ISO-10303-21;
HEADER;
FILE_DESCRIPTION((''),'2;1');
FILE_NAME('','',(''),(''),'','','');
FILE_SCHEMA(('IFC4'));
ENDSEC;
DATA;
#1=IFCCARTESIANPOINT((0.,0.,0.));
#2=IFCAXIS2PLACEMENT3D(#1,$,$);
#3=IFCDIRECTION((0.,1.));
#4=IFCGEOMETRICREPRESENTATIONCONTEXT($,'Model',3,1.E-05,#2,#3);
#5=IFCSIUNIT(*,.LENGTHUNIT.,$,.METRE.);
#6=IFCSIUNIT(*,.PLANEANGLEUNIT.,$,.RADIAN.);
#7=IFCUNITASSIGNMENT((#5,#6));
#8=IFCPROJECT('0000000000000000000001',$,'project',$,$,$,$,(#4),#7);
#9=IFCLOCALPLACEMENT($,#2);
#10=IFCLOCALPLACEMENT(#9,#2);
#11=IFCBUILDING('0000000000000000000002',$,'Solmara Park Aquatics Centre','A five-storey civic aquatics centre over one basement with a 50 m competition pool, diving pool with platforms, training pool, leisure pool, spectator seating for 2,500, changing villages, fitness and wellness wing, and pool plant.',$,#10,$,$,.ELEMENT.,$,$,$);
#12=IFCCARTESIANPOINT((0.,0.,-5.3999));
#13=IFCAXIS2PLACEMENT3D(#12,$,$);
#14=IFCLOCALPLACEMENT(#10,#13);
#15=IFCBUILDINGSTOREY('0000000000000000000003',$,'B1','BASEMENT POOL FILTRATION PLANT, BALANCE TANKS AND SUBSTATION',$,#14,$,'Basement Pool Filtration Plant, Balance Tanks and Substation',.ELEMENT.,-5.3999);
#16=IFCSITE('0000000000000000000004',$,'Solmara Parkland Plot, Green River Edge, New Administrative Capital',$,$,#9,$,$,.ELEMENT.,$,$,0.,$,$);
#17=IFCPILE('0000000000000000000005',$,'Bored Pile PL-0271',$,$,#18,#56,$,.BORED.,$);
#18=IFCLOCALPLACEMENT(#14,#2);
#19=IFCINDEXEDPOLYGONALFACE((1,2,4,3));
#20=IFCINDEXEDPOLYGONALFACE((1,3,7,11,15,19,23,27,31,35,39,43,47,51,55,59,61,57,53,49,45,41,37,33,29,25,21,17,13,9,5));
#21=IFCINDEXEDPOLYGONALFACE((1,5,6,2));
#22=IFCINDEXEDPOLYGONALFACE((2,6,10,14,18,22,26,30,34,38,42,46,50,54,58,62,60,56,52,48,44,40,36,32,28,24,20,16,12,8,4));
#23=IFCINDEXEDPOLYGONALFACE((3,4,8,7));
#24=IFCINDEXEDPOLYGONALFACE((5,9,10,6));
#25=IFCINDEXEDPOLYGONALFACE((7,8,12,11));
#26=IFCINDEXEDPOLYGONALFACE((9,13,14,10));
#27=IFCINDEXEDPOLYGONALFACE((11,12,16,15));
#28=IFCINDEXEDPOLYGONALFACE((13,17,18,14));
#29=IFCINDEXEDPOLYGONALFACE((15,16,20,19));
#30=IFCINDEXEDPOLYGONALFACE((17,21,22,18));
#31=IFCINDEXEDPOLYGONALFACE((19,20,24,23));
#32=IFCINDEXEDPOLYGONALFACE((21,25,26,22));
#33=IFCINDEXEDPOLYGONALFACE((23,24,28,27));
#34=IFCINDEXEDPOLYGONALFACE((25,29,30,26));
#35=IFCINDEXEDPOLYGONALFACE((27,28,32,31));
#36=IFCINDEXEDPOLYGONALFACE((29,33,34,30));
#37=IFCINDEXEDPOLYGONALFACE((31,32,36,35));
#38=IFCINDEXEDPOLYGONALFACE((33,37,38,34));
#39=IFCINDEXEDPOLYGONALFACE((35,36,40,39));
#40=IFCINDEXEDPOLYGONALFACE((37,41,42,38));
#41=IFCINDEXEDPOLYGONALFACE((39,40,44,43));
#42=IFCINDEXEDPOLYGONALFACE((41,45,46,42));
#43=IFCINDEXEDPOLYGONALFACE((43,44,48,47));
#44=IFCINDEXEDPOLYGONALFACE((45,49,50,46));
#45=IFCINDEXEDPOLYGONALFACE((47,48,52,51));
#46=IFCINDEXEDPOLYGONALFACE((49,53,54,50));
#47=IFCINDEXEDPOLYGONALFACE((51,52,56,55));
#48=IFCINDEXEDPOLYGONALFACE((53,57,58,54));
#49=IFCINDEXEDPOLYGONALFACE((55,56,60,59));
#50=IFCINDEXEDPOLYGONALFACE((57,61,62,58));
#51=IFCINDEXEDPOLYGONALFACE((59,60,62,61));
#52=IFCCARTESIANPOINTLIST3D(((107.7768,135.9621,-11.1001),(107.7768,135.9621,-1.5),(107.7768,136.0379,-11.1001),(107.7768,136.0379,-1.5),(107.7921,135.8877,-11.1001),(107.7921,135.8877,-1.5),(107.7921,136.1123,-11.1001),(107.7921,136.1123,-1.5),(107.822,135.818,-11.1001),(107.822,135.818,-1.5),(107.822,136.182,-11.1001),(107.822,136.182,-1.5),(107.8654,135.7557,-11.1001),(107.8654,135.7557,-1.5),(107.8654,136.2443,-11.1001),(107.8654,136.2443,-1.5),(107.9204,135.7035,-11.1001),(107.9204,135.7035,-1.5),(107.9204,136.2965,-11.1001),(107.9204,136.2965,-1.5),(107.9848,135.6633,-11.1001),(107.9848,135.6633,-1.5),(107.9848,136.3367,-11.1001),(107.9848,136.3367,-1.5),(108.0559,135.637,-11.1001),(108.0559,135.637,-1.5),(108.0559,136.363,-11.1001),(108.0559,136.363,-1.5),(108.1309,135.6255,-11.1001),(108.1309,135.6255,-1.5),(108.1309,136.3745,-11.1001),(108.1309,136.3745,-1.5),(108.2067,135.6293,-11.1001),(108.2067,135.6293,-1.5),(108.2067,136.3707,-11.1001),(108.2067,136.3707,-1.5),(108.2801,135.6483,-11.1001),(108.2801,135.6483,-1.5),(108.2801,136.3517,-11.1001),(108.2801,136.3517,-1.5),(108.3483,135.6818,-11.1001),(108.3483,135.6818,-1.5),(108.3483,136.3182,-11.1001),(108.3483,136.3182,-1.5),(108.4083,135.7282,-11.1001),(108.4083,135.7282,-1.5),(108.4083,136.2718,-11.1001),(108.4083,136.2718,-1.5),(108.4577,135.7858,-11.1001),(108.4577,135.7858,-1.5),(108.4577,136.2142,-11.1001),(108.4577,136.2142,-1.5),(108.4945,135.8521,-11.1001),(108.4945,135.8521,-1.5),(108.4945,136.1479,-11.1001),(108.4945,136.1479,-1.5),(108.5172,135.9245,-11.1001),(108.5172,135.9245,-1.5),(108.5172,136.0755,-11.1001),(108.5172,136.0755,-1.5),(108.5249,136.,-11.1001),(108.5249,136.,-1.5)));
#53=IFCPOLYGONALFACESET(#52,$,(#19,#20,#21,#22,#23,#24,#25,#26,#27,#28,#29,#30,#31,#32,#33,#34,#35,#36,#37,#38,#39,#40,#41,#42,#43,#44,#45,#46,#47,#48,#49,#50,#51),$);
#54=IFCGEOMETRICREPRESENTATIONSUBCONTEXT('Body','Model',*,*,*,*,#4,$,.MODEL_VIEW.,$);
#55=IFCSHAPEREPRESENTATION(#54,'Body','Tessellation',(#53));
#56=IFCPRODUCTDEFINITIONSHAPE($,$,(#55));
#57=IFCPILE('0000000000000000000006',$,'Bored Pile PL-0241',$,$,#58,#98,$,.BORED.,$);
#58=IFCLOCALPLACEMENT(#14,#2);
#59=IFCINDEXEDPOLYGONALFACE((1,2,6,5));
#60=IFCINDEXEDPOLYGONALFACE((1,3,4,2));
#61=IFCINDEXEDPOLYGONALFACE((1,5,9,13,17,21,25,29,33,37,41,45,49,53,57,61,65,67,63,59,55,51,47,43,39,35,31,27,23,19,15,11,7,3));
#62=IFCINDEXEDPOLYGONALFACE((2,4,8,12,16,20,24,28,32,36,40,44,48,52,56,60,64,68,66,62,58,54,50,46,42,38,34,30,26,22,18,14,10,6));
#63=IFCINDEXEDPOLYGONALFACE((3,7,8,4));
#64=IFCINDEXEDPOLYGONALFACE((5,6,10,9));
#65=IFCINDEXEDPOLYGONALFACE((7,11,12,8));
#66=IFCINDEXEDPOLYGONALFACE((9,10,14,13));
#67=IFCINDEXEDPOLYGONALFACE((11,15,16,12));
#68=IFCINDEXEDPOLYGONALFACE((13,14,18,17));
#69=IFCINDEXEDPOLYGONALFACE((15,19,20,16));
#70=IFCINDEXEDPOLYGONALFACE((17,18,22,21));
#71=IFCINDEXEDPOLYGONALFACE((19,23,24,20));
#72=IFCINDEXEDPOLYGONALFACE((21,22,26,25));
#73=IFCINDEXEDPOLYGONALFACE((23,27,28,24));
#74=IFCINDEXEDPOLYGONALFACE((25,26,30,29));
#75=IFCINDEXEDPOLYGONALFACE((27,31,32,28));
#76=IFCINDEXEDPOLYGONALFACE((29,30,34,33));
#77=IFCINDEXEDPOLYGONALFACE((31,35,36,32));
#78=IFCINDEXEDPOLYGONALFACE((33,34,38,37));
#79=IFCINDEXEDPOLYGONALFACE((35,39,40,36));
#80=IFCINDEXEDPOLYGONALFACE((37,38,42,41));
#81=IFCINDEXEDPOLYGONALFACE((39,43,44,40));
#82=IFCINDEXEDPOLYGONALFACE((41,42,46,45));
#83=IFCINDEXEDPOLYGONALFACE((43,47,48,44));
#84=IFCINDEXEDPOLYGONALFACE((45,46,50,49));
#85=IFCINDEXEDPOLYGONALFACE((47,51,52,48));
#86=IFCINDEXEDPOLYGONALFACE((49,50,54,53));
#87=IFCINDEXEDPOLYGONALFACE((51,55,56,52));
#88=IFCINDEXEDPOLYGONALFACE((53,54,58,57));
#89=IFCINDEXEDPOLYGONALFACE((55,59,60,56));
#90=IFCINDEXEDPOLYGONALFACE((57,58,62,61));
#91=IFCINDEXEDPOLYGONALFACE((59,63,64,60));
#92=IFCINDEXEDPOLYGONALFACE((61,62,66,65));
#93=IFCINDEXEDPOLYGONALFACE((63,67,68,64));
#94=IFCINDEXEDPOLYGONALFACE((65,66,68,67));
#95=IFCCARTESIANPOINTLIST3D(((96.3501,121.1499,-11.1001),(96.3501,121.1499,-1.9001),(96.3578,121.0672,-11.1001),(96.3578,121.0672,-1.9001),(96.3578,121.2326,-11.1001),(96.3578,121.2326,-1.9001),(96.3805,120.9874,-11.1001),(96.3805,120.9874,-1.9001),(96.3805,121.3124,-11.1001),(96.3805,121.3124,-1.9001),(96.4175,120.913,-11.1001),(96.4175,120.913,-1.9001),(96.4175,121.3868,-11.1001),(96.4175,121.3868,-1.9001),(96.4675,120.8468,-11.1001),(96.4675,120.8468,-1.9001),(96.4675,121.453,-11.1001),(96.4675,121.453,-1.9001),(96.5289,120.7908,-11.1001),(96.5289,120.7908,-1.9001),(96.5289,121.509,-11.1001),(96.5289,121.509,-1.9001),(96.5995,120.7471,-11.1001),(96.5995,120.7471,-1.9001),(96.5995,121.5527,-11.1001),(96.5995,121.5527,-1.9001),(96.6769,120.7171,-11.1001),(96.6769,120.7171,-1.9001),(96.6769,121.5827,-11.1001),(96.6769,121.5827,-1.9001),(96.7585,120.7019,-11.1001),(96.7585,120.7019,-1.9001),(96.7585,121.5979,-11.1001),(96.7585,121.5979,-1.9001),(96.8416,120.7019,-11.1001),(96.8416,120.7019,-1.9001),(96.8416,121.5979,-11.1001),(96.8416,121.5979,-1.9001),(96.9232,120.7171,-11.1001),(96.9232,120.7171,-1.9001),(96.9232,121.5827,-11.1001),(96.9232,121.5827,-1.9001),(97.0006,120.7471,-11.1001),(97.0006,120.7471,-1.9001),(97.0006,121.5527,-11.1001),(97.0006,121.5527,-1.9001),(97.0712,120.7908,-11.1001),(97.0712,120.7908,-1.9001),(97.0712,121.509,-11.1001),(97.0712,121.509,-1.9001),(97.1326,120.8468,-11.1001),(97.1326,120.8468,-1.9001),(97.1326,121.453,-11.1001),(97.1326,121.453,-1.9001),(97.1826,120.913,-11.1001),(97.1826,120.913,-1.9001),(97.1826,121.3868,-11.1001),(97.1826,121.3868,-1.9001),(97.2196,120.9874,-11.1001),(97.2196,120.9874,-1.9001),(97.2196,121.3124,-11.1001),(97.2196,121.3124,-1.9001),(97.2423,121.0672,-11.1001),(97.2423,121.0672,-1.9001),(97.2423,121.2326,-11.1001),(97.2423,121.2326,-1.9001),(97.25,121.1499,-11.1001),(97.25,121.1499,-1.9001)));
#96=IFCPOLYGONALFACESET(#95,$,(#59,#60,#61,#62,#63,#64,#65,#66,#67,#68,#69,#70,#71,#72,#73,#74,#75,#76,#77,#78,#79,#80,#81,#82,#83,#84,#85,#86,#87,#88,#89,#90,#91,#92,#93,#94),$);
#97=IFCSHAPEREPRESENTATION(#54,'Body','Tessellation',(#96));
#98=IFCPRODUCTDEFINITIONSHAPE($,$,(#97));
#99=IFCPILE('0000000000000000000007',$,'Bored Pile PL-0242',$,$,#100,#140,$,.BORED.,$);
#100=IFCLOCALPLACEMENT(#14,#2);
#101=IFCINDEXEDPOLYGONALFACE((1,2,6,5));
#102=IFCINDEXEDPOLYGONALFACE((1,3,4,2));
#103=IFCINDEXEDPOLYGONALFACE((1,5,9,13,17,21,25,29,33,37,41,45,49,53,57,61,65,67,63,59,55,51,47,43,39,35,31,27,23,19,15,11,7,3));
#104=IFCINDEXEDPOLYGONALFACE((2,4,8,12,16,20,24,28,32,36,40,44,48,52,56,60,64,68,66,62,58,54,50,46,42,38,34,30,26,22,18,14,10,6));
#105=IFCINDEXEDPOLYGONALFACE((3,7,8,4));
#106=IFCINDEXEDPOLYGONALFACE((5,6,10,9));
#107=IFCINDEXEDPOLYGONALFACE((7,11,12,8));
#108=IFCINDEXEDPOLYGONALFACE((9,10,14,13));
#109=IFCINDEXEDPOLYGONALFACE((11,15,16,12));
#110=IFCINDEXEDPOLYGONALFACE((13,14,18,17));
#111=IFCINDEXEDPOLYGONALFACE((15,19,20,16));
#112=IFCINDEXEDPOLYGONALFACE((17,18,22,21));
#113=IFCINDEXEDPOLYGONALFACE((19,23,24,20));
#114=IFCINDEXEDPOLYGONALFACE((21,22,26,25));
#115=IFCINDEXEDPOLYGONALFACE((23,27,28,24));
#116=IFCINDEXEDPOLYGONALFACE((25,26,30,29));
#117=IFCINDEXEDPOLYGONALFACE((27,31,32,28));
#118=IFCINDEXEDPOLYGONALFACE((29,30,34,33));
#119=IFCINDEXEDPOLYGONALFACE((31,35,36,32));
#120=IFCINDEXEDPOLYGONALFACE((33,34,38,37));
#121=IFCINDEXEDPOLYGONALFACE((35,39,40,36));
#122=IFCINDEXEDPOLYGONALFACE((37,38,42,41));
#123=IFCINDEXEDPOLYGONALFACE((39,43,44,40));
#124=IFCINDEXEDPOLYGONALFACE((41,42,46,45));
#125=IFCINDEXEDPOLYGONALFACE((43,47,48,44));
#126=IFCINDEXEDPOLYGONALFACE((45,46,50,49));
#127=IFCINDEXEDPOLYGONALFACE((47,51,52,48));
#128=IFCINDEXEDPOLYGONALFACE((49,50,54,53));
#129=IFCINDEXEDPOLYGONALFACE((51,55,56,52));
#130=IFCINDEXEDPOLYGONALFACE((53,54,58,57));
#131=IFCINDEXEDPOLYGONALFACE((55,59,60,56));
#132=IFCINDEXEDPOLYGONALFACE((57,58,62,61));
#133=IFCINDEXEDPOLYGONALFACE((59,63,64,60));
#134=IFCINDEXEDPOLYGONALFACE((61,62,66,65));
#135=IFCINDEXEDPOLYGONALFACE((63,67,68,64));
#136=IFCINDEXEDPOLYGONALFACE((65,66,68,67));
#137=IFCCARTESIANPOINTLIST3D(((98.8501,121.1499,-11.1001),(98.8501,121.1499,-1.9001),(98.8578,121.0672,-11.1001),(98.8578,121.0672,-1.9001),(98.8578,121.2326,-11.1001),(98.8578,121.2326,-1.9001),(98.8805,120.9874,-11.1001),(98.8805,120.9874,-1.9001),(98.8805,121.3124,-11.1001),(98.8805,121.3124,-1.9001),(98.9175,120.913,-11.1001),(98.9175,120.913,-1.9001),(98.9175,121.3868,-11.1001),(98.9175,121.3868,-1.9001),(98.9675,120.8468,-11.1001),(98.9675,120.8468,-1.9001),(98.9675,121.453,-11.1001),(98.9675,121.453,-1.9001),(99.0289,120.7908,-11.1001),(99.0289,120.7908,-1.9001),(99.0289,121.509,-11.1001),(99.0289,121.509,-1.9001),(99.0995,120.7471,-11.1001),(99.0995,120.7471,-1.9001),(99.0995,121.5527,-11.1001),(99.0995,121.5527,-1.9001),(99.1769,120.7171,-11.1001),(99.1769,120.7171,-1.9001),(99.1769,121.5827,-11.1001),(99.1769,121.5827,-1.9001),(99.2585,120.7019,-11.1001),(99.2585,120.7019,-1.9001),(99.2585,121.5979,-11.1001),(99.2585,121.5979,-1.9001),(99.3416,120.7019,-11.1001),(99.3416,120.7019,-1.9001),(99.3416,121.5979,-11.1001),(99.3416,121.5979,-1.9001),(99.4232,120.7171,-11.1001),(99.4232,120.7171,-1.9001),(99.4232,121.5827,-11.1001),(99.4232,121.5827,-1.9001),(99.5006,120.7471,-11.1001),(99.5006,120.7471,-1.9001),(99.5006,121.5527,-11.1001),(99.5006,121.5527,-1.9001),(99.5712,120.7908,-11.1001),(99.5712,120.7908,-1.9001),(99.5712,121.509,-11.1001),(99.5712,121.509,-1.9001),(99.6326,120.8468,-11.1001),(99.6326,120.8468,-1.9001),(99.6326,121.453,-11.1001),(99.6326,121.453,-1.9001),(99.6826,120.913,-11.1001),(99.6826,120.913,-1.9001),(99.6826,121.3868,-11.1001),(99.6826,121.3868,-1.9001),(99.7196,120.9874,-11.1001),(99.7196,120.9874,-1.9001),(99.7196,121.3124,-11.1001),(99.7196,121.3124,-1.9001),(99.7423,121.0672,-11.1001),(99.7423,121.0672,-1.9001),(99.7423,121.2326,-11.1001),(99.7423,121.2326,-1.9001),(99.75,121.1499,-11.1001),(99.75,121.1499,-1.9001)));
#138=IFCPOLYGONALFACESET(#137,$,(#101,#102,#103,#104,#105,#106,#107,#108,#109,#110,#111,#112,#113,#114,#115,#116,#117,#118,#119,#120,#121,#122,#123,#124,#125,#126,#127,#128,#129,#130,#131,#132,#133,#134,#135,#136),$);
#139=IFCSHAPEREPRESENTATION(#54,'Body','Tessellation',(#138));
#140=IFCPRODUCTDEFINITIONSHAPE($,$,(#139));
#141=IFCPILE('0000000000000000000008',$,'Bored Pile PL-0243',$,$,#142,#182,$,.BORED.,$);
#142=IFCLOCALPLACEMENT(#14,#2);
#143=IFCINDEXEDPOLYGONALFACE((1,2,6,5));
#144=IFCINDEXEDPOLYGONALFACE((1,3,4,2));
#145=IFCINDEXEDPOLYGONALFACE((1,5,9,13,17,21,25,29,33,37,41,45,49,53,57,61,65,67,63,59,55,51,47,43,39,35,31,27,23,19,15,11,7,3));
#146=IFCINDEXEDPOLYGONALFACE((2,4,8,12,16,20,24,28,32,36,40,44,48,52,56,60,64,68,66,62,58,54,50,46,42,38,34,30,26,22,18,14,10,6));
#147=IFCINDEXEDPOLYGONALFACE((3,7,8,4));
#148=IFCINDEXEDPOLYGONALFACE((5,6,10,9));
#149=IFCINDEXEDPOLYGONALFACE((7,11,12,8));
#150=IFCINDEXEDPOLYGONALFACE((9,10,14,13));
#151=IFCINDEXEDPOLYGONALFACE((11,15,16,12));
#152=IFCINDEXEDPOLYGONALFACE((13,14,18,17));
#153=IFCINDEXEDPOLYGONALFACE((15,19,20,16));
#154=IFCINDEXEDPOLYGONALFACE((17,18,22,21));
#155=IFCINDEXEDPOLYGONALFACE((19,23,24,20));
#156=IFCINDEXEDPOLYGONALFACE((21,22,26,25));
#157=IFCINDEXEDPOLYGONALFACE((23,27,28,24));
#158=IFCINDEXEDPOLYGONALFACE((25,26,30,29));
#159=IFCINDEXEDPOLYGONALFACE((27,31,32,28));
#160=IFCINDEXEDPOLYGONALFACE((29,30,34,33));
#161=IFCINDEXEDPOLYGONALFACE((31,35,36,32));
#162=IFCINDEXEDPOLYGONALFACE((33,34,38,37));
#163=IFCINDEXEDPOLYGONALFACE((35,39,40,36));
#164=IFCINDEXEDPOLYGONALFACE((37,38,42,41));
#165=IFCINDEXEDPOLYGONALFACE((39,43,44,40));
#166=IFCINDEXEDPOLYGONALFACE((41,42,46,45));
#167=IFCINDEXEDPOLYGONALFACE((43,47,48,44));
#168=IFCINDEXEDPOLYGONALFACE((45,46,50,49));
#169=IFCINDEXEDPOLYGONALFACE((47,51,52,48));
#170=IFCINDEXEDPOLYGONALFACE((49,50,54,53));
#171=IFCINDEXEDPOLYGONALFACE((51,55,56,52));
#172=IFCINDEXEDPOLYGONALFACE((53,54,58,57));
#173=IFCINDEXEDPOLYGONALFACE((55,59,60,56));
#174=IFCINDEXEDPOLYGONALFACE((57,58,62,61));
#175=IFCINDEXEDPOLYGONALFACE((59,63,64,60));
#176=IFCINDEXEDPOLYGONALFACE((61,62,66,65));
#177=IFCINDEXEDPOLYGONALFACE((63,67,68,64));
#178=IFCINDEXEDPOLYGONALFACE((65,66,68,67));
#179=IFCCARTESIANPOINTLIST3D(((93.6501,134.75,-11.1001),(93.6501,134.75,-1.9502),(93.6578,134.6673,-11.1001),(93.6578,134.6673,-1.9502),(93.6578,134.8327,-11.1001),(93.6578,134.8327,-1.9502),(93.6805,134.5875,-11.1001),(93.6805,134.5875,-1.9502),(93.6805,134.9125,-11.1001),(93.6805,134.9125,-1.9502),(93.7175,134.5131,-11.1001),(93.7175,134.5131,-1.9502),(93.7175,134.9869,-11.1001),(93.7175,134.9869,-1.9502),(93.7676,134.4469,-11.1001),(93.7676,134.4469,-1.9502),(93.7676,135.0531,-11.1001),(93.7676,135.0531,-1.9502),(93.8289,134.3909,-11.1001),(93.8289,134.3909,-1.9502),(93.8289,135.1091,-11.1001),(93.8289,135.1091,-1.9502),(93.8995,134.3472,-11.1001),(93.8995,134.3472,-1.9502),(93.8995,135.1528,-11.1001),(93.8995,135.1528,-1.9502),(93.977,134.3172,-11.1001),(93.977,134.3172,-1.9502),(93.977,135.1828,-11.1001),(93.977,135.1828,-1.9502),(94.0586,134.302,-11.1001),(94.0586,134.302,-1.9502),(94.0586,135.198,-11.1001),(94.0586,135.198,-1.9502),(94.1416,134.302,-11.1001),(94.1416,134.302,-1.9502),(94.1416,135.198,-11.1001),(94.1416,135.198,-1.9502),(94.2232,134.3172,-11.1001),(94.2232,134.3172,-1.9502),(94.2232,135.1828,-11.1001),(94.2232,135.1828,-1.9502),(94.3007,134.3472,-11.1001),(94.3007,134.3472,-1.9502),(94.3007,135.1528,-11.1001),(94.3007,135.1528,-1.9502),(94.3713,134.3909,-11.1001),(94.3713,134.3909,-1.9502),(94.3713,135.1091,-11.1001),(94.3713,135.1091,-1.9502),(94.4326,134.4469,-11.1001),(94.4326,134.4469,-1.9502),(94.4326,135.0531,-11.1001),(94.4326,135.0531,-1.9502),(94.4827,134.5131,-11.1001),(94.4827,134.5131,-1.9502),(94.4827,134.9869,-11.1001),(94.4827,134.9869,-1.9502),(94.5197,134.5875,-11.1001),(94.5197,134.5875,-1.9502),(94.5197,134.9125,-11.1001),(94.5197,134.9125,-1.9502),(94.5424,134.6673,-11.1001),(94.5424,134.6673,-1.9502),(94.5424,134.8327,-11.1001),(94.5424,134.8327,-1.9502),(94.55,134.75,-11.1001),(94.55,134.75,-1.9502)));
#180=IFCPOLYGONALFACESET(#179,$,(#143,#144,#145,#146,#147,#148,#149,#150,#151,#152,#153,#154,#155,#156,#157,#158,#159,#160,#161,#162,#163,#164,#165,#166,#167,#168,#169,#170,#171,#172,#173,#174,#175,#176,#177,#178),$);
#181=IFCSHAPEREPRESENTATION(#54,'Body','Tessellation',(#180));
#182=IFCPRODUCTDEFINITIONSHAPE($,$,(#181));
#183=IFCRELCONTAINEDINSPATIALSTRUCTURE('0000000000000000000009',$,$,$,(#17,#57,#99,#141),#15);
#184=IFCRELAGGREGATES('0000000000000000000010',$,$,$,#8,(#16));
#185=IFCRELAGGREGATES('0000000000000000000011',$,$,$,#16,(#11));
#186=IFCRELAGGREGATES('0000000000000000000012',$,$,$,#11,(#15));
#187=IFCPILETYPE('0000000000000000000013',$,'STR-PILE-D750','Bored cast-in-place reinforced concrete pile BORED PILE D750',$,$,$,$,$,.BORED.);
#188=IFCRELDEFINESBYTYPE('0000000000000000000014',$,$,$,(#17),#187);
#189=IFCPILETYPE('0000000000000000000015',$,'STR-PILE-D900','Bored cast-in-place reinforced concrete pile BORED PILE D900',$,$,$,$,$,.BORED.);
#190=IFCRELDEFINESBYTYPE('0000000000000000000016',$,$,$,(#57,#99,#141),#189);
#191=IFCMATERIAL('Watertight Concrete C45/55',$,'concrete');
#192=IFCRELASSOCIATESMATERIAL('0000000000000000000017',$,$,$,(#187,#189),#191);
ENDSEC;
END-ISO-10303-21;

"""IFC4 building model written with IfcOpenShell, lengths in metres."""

from ifc_helpers import new_model, si_unit, direction, frame, origin, origin_2d, place, context, subcontext, project, spatial, circle, extrude, material, material_profile, profile_set, type_object, element, save


model = new_model("IFC4")

# Units and contexts
model_context = context("Model", 3, precision=1e-05, world=origin(), true_north=direction((0.0, 1.0)))
body_context = subcontext(model_context, "Body", "Model", "MODEL_VIEW")
ifc_project = project(units=[si_unit("LENGTHUNIT", "METRE"), si_unit("PLANEANGLEUNIT", "RADIAN")], contexts=[model_context])

# Site, building, storey
site_placement = place(None, origin())
site = spatial("IfcSite", under=ifc_project, at=site_placement, Name="Solmara Parkland Plot, Green River Edge, New Administrative Capital", CompositionType="ELEMENT", RefElevation=0.0)
building_placement = place(site_placement, origin())
building = spatial("IfcBuilding", under=site, at=building_placement, Name="Solmara Park Aquatics Centre", Description="A five-storey civic aquatics centre over one basement with a 50 m competition pool, diving pool with platforms, training pool, leisure pool, spectator seating for 2,500, changing villages, fitness and wellness wing, and pool plant.", CompositionType="ELEMENT")
storey_placement = place(building_placement, frame((0.0, 0.0, -5.3999)))
storey = spatial("IfcBuildingStorey", under=building, at=storey_placement, Name="B1", Description="BASEMENT POOL FILTRATION PLANT, BALANCE TANKS AND SUBSTATION", LongName="Basement Pool Filtration Plant, Balance Tanks and Substation", CompositionType="ELEMENT", Elevation=-5.3999)

# Shared definitions
ifc_material_1 = material(Name="Watertight Concrete C45/55", Category="concrete")

# Piles
ifc_material_profile_1 = material_profile(ifc_material_1, circle(Radius=0.375, at=origin_2d()), Name="BORED PILE D750")
ifc_profile_set_1 = profile_set([ifc_material_profile_1], Name="Watertight Concrete C45/55")
pile_type_1 = type_object("IfcPileType", Name="STR-PILE-D750", Description="Bored cast-in-place reinforced concrete pile BORED PILE D750", PredefinedType="BORED", material=ifc_profile_set_1)
for number, where, z_axis, x_axis, name in (
    (1, (108.1499, 136.0, -1.5), (0.0, 0.0, -1.0), (1.0, 0.0, 0.0), "Bored Pile PL-0271"),
):
    element("IfcPile", number, at=place(storey_placement, frame(where, z_axis=z_axis, x_axis=x_axis)), inside=storey, type_object=pile_type_1, Name=name, PredefinedType="BORED", context=body_context, shape_type="SweptSolid", body=[
        extrude(circle(Radius=0.375, at=origin_2d()), origin(), (0.0, 0.0, 1.0), 9.6001),
    ])
ifc_material_profile_2 = material_profile(ifc_material_1, circle(Radius=0.45, at=origin_2d()), Name="BORED PILE D900")
ifc_profile_set_2 = profile_set([ifc_material_profile_2], Name="Watertight Concrete C45/55")
pile_type_2 = type_object("IfcPileType", Name="STR-PILE-D900", Description="Bored cast-in-place reinforced concrete pile BORED PILE D900", PredefinedType="BORED", material=ifc_profile_set_2)
for number, where, z_axis, x_axis, name in (
    (2, (96.8, 121.1499, -1.9001), (0.0, 0.0, -1.0), (1.0, 0.0, 0.0), "Bored Pile PL-0241"),
    (3, (99.3, 121.1499, -1.9001), (0.0, 0.0, -1.0), (1.0, 0.0, 0.0), "Bored Pile PL-0242"),
):
    element("IfcPile", number, at=place(storey_placement, frame(where, z_axis=z_axis, x_axis=x_axis)), inside=storey, type_object=pile_type_2, Name=name, PredefinedType="BORED", context=body_context, shape_type="SweptSolid", body=[
        extrude(circle(Radius=0.45, at=origin_2d()), origin(), (0.0, 0.0, 1.0), 9.2),
    ])
for number, where, z_axis, x_axis, name in (
    (4, (94.1001, 134.75, -1.9502), (0.0, 0.0, -1.0), (1.0, 0.0, 0.0), "Bored Pile PL-0243"),
):
    element("IfcPile", number, at=place(storey_placement, frame(where, z_axis=z_axis, x_axis=x_axis)), inside=storey, type_object=pile_type_2, Name=name, PredefinedType="BORED", context=body_context, shape_type="SweptSolid", body=[
        extrude(circle(Radius=0.45, at=origin_2d()), origin(), (0.0, 0.0, 1.0), 9.1499),
    ])

save(model, "model.ifc")
